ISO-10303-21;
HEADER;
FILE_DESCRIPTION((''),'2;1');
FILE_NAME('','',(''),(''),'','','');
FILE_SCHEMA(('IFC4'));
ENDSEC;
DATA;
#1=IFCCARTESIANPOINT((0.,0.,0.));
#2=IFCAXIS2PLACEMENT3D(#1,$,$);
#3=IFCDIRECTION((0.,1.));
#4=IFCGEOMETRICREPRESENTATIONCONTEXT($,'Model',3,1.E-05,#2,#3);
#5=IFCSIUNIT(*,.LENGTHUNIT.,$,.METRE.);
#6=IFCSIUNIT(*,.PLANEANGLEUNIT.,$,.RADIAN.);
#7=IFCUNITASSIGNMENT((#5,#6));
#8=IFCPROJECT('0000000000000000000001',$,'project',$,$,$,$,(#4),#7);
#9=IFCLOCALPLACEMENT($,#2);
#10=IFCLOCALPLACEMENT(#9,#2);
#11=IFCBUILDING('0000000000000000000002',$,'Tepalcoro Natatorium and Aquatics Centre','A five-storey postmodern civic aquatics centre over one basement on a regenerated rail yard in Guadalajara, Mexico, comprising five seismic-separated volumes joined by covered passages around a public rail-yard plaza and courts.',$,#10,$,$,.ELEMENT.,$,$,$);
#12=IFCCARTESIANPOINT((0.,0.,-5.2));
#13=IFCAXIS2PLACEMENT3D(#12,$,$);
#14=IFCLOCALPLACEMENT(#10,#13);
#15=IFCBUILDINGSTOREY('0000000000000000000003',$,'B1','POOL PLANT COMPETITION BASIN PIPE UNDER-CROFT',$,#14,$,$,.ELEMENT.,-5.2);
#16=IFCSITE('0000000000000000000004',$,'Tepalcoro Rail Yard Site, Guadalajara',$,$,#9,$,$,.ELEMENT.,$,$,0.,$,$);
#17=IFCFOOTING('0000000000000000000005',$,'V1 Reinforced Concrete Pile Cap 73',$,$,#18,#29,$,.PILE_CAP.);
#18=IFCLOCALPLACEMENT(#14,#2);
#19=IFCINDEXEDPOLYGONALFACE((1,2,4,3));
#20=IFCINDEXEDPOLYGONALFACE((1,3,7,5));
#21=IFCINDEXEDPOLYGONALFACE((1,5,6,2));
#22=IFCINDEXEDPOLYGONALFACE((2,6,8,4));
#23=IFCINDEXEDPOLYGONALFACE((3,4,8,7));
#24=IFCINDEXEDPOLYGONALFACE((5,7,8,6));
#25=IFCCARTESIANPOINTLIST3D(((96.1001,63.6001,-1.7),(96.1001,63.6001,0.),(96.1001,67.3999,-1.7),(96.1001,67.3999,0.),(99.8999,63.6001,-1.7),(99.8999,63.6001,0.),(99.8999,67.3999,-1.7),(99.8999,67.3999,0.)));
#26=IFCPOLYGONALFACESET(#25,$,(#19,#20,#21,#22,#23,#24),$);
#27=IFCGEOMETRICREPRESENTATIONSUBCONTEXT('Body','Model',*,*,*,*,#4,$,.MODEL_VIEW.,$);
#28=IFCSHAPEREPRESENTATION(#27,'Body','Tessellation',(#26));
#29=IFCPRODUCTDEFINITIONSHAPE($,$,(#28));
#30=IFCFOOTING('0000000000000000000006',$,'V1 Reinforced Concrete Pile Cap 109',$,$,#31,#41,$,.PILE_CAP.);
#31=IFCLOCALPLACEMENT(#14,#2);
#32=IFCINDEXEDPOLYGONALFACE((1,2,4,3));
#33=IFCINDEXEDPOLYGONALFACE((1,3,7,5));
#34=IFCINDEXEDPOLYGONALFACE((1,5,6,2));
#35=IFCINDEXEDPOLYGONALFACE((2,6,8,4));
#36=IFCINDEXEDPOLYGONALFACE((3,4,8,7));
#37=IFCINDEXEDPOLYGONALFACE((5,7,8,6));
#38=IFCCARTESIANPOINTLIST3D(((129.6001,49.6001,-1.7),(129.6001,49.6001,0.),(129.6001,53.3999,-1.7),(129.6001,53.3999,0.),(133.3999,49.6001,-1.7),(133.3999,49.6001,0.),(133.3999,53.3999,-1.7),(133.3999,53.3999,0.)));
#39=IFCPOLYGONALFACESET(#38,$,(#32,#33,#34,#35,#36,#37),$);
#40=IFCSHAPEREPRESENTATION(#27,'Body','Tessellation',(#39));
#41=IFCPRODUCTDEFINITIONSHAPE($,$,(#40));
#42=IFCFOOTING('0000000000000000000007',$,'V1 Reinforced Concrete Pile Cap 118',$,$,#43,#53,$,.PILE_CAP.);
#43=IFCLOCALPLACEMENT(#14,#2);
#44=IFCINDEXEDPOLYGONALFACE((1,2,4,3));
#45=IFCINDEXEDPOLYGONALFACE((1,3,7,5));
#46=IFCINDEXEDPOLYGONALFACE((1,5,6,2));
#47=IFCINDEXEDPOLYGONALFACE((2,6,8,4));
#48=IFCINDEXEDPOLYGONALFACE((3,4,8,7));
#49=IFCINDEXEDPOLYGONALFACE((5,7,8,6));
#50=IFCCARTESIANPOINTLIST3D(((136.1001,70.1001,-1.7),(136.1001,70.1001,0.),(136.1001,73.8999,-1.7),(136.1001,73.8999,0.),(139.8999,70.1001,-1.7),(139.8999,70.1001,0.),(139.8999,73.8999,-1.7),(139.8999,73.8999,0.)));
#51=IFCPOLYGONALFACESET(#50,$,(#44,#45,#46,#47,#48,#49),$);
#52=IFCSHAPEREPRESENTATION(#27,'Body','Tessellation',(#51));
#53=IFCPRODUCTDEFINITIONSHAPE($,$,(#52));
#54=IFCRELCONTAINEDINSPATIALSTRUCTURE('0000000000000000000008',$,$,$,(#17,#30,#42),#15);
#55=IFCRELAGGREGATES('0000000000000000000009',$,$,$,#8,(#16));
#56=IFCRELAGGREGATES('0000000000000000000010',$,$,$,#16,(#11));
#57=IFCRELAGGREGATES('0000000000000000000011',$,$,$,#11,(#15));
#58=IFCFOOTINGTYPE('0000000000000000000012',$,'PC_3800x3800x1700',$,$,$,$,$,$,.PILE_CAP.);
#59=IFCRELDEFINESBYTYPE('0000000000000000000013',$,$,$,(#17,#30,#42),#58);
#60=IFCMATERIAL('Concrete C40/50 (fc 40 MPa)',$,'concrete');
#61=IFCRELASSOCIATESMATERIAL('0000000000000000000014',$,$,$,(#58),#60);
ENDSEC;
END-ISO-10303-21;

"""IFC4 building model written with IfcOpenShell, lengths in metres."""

from ifc_helpers import new_model, si_unit, direction, frame, origin, place, context, subcontext, project, spatial, polyline, outline, extrude, material, type_object, element, save


model = new_model("IFC4")

# Units and contexts
model_context = context("Model", 3, precision=1e-05, world=origin(), true_north=direction((0.0, 1.0)))
body_context = subcontext(model_context, "Body", "Model", "MODEL_VIEW")
ifc_project = project(units=[si_unit("LENGTHUNIT", "METRE"), si_unit("PLANEANGLEUNIT", "RADIAN")], contexts=[model_context])

# Site, building, storey
site_placement = place(None, origin())
site = spatial("IfcSite", under=ifc_project, at=site_placement, Name="Tepalcoro Rail Yard Site, Guadalajara", CompositionType="ELEMENT", RefElevation=0.0)
building_placement = place(site_placement, origin())
building = spatial("IfcBuilding", under=site, at=building_placement, Name="Tepalcoro Natatorium and Aquatics Centre", Description="A five-storey postmodern civic aquatics centre over one basement on a regenerated rail yard in Guadalajara, Mexico, comprising five seismic-separated volumes joined by covered passages around a public rail-yard plaza and courts.", CompositionType="ELEMENT")
storey_placement = place(building_placement, frame((0.0, 0.0, -5.2)))
storey = spatial("IfcBuildingStorey", under=building, at=storey_placement, Name="B1", Description="POOL PLANT COMPETITION BASIN PIPE UNDER-CROFT", CompositionType="ELEMENT", Elevation=-5.2)

# Footings
ifc_material = material(Name="Concrete C40/50 (fc 40 MPa)", Category="concrete")
footing_type_1 = type_object("IfcFootingType", Name="PC_3800x3800x1700", PredefinedType="PILE_CAP", material=ifc_material)
footing_1_placement = place(storey_placement, frame((0.0, 0.0, -1.7)))
element("IfcFooting", 1, at=footing_1_placement, inside=storey, type_object=footing_type_1, Name="V1 Reinforced Concrete Pile Cap 73", PredefinedType="PILE_CAP", context=body_context, shape_type="SweptSolid", body=[
    extrude(outline(polyline([(96.1001, 63.6001), (99.8999, 63.6001), (99.8999, 67.3999), (96.1001, 67.3999), (96.1001, 63.6001)])), origin(), (0.0, 0.0, 1.0), 1.7),
])
footing_2_placement = place(storey_placement, frame((0.0, 0.0, -1.7)))
element("IfcFooting", 2, at=footing_2_placement, inside=storey, type_object=footing_type_1, Name="V1 Reinforced Concrete Pile Cap 109", PredefinedType="PILE_CAP", context=body_context, shape_type="SweptSolid", body=[
    extrude(outline(polyline([(129.6001, 49.6001), (133.3999, 49.6001), (133.3999, 53.3999), (129.6001, 53.3999), (129.6001, 49.6001)])), origin(), (0.0, 0.0, 1.0), 1.7),
])
footing_3_placement = place(storey_placement, frame((0.0, 0.0, -1.7)))
element("IfcFooting", 3, at=footing_3_placement, inside=storey, type_object=footing_type_1, Name="V1 Reinforced Concrete Pile Cap 118", PredefinedType="PILE_CAP", context=body_context, shape_type="SweptSolid", body=[
    extrude(outline(polyline([(136.1001, 70.1001), (139.8999, 70.1001), (139.8999, 73.8999), (136.1001, 73.8999), (136.1001, 70.1001)])), origin(), (0.0, 0.0, 1.0), 1.7),
])

save(model, "model.ifc")
